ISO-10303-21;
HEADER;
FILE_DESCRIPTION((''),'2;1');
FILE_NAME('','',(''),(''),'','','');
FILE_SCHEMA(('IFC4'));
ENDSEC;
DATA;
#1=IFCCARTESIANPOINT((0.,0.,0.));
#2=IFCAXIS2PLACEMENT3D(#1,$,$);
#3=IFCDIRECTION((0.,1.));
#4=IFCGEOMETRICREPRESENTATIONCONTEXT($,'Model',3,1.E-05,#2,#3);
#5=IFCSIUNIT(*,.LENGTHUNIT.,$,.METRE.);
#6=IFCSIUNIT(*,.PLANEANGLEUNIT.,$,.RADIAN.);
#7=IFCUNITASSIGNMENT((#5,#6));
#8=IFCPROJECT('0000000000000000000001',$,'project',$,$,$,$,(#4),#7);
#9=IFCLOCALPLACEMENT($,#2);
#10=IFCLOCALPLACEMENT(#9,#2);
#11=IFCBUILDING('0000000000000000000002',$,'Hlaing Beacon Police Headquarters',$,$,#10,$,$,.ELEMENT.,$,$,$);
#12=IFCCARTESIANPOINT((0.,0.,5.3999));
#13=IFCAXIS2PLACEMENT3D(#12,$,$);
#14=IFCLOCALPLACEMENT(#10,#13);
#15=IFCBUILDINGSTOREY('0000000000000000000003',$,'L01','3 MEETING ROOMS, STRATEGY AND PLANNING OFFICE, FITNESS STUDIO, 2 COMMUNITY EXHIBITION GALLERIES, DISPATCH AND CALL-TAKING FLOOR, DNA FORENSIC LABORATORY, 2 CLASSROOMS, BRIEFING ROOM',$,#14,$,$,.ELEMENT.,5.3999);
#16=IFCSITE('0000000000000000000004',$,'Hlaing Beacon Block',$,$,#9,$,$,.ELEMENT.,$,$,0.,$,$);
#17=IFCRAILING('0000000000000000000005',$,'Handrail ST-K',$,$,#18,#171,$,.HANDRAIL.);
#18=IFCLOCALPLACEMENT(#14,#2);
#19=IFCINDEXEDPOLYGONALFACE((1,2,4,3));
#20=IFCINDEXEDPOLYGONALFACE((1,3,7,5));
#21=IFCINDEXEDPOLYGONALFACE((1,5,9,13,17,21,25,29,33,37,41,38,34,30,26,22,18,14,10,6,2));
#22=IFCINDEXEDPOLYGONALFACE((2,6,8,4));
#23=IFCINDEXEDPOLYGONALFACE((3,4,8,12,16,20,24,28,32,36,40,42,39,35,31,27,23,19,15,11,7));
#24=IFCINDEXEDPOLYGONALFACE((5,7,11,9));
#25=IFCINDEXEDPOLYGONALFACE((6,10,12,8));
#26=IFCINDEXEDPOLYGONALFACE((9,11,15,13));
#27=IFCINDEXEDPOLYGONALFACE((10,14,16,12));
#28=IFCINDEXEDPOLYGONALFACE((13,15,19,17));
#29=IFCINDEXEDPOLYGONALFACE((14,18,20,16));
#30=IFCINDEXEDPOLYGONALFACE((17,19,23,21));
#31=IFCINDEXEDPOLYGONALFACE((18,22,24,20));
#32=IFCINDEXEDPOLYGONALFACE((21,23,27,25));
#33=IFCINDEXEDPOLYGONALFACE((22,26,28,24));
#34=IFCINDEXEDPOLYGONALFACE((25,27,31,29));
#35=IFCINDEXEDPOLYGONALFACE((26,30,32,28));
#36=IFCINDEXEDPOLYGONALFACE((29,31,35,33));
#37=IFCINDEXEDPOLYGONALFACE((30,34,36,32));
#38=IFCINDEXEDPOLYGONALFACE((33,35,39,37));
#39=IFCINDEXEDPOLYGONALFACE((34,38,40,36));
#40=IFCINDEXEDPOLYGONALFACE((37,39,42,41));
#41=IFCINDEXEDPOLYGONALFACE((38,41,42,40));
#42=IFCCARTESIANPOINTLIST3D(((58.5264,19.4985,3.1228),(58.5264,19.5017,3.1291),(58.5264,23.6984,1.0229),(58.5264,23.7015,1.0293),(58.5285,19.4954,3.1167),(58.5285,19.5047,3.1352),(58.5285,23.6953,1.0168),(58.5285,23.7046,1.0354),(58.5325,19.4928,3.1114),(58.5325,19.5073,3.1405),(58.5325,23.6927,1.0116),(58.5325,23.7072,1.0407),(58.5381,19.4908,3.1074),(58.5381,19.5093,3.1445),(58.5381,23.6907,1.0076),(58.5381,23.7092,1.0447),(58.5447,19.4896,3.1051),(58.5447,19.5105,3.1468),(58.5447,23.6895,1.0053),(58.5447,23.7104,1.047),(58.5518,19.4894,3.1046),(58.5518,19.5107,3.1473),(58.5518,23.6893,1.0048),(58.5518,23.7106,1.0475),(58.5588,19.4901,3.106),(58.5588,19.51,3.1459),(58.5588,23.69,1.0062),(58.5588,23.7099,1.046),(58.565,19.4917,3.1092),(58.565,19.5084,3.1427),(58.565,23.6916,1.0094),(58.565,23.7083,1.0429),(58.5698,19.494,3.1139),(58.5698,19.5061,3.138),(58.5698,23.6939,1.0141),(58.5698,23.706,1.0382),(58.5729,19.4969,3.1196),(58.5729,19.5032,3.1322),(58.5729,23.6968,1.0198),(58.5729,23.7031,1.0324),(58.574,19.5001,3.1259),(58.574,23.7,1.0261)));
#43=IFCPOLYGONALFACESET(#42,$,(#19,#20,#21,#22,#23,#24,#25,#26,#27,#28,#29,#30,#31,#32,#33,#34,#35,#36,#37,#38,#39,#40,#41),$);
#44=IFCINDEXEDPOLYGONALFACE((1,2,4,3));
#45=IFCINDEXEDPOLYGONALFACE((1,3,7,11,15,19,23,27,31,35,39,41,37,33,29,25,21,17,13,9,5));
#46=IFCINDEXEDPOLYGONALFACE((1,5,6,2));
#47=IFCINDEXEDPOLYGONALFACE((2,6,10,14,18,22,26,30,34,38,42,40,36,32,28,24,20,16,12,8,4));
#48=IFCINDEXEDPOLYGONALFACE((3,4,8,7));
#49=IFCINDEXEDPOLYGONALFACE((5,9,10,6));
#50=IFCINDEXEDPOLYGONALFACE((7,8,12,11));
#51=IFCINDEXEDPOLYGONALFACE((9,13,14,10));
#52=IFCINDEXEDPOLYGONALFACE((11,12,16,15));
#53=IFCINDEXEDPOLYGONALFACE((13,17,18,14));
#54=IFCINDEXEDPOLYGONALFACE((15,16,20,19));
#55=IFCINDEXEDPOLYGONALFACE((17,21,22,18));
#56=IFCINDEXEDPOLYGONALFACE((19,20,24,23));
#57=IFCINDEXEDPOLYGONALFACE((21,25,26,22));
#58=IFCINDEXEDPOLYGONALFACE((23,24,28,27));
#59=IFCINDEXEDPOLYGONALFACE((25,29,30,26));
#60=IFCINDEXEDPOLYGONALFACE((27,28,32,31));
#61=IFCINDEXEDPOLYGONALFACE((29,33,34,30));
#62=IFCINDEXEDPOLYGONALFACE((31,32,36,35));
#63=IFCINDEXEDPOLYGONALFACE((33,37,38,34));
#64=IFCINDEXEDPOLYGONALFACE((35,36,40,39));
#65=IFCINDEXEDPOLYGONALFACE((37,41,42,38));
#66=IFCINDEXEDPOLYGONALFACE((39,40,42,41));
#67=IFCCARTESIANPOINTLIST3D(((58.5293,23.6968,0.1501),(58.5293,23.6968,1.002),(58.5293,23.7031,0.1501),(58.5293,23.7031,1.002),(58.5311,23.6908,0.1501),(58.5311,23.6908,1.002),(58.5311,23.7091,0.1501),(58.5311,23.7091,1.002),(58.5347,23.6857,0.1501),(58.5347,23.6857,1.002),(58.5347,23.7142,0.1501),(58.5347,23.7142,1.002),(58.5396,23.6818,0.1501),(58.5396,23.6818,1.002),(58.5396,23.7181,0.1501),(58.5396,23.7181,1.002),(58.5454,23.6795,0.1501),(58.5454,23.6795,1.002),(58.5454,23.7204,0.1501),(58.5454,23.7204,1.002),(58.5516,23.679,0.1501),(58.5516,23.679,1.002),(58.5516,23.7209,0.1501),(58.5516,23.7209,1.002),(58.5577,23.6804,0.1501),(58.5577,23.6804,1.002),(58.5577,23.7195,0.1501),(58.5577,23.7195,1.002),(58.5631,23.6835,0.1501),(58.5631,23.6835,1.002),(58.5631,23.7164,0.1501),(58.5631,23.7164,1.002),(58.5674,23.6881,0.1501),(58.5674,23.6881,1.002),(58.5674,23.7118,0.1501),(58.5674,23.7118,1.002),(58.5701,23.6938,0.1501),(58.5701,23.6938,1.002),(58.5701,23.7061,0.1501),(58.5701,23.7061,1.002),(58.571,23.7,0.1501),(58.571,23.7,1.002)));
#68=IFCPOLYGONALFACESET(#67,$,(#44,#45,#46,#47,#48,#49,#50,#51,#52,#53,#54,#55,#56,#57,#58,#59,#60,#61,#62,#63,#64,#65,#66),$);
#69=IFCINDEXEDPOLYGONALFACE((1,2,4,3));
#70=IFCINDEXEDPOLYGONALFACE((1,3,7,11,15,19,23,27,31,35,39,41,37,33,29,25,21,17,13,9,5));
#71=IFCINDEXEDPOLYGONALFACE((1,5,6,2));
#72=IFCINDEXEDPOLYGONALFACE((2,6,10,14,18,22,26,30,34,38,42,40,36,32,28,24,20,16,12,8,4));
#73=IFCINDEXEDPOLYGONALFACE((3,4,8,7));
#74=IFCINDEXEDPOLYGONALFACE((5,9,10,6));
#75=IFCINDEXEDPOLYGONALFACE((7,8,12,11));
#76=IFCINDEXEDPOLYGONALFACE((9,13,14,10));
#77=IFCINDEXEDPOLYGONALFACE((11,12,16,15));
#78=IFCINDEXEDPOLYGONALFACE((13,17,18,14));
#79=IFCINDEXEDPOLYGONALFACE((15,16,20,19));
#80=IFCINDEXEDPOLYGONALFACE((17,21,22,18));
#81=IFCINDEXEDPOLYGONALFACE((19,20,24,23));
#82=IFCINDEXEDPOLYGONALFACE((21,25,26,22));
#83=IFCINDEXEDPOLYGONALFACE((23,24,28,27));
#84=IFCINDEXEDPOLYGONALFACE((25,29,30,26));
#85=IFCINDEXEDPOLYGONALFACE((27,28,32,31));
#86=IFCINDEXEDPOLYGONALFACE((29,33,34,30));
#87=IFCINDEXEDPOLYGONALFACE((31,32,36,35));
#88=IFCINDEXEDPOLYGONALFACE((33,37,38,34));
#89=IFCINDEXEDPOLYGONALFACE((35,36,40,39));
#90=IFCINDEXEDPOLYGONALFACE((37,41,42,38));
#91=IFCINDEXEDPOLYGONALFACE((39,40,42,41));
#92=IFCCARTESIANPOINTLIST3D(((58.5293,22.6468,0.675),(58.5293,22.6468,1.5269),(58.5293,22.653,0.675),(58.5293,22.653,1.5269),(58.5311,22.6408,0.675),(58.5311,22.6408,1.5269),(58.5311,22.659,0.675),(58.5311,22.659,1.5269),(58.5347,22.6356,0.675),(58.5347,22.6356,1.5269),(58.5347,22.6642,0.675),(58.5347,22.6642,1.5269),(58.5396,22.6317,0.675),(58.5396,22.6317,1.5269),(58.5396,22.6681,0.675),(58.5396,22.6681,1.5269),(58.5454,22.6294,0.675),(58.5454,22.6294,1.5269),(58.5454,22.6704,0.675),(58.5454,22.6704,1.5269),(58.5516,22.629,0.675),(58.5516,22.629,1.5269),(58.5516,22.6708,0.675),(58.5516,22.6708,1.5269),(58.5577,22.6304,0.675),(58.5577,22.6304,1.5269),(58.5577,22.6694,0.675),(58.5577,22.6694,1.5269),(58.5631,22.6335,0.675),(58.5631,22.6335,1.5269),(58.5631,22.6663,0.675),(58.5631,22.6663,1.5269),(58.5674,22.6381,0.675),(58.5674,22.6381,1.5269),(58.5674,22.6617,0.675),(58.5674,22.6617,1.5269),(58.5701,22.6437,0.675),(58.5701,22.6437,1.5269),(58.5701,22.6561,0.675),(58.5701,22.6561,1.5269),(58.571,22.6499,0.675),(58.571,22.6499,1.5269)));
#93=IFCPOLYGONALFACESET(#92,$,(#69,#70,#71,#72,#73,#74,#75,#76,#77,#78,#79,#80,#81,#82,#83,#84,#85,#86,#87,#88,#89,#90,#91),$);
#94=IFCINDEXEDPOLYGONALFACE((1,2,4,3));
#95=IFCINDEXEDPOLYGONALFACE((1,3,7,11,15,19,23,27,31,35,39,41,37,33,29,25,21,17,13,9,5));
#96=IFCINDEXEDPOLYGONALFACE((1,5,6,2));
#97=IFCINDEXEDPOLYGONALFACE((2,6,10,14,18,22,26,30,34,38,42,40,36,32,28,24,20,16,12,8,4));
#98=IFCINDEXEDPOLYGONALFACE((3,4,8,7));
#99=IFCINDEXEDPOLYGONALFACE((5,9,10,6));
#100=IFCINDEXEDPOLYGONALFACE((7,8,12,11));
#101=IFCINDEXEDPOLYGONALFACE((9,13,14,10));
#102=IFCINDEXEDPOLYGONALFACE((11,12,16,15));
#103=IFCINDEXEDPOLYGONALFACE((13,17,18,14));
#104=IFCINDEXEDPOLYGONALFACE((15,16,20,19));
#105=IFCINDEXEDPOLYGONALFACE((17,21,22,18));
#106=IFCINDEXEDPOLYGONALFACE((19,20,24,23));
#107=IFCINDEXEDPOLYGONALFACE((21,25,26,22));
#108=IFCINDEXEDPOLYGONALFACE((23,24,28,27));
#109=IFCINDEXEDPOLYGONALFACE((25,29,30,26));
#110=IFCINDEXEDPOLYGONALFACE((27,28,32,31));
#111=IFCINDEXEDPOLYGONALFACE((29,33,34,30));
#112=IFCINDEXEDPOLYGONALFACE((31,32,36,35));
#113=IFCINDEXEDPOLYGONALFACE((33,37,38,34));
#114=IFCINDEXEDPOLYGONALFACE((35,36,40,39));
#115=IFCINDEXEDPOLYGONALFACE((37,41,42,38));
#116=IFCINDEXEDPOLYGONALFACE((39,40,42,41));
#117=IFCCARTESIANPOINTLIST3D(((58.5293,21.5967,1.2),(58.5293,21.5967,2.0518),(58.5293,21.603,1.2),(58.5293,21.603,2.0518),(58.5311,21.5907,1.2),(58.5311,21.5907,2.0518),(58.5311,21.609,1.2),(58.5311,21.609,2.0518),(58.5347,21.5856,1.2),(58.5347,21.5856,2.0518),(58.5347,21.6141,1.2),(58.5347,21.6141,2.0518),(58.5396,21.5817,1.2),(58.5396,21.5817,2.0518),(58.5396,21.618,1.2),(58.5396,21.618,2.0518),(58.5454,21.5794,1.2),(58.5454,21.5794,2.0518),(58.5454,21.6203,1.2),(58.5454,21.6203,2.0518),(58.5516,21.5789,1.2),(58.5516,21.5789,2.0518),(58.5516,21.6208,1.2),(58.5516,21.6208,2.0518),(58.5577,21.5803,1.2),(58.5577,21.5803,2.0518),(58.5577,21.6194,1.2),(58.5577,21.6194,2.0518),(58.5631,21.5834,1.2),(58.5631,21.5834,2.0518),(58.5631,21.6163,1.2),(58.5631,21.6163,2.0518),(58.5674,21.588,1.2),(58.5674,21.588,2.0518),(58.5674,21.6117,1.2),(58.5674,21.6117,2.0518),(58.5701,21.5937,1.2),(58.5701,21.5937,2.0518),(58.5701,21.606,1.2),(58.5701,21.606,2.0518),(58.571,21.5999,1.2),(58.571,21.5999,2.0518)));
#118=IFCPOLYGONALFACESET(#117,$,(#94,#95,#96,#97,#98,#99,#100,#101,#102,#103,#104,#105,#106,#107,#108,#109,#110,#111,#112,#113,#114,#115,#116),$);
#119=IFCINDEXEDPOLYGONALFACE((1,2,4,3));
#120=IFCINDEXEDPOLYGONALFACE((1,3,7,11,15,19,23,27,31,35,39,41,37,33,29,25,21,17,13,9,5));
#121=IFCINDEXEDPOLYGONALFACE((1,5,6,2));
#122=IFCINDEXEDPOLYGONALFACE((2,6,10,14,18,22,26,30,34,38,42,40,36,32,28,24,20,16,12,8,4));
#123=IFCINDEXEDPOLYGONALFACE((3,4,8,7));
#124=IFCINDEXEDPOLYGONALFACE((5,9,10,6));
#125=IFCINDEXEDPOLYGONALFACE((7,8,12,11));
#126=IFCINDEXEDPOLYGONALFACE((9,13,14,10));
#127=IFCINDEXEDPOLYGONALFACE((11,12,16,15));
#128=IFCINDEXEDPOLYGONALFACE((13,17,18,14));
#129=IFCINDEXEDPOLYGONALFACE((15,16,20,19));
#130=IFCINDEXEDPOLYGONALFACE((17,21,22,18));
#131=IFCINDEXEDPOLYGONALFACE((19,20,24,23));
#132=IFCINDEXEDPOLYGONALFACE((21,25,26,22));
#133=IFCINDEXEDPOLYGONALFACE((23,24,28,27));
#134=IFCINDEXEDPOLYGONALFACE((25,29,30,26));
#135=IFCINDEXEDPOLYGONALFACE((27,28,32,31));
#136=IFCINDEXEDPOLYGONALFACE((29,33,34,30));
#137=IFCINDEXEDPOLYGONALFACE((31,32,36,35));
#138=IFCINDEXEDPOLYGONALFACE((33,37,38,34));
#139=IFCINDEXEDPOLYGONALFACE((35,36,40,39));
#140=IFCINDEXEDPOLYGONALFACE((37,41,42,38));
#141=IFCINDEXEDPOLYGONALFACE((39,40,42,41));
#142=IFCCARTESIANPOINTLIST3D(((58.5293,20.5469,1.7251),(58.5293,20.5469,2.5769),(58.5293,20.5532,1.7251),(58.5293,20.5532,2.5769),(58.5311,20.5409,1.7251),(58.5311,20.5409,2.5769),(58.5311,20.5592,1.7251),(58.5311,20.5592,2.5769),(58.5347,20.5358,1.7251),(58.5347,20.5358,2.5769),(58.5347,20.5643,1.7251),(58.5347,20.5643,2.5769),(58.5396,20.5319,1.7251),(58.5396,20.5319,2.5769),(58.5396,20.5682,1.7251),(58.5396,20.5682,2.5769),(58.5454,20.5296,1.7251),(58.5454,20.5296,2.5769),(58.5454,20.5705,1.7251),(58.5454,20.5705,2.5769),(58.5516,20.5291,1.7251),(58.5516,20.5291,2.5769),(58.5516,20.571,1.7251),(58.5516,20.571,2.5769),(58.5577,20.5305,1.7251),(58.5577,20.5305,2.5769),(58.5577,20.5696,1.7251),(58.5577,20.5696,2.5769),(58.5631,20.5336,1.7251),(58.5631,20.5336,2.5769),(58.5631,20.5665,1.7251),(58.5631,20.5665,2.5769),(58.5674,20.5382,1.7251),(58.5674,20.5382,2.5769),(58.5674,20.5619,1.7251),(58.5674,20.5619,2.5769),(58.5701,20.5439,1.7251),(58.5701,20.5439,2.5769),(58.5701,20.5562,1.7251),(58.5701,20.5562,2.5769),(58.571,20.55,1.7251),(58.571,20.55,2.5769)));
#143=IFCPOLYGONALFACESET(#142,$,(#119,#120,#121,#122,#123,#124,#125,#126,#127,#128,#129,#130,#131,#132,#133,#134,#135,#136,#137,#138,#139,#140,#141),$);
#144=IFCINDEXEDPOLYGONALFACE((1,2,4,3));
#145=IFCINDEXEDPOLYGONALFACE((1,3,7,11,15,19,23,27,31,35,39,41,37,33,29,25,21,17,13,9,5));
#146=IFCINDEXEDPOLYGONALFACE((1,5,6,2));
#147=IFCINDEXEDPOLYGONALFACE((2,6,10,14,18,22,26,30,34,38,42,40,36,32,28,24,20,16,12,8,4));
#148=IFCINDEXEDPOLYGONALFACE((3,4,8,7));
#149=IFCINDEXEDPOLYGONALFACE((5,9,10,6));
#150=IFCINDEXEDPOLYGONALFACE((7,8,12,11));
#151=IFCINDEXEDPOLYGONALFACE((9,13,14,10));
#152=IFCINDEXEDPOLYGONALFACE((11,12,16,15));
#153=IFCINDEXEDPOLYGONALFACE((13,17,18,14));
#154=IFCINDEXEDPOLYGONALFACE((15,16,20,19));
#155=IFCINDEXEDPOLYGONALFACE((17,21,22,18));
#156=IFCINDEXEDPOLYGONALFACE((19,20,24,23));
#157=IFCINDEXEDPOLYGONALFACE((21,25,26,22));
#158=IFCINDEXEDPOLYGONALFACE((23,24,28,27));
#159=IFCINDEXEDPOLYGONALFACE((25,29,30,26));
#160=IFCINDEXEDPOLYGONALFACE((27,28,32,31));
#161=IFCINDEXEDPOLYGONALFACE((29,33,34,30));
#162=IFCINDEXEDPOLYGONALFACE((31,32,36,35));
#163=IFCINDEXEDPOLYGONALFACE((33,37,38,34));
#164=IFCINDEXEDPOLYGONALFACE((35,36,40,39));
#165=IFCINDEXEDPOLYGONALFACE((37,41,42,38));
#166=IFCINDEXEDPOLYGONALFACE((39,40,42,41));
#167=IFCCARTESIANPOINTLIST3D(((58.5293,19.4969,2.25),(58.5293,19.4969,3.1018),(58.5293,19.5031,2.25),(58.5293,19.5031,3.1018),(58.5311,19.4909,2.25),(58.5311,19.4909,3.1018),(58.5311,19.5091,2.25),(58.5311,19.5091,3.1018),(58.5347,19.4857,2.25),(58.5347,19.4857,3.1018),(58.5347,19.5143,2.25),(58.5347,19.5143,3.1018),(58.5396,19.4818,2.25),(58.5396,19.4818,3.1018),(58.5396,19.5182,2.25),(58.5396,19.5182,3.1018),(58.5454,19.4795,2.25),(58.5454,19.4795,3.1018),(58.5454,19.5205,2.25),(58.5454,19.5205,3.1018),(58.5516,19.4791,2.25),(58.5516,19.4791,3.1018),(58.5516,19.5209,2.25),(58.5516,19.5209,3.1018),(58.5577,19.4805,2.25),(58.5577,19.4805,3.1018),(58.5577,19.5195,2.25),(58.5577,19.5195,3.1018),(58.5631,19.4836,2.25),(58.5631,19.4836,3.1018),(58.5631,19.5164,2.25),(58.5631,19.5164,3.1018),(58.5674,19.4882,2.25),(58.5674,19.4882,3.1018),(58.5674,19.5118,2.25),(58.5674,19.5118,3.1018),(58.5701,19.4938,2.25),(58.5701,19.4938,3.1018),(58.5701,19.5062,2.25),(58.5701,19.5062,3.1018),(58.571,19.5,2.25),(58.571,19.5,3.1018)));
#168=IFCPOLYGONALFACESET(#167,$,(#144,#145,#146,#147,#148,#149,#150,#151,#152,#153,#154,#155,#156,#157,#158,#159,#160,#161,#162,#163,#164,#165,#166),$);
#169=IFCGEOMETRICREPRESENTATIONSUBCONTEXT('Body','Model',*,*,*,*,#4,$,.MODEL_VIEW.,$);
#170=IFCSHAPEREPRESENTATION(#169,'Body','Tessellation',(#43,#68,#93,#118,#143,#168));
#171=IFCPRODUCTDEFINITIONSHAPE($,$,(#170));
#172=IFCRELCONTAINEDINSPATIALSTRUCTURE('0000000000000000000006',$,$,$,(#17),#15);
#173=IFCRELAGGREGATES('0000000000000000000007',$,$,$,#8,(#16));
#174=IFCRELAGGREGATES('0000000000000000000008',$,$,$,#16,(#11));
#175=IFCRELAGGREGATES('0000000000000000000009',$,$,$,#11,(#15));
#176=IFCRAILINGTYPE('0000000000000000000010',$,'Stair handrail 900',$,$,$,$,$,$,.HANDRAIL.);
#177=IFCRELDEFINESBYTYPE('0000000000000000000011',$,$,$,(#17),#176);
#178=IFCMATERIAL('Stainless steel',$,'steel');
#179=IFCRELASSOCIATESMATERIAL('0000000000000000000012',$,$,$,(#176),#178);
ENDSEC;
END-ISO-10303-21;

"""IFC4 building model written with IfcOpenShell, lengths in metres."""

from ifc_helpers import new_model, si_unit, direction, frame, origin, origin_2d, place, context, subcontext, project, spatial, circle, extrude, material, type_object, element, save


model = new_model("IFC4")

# Units and contexts
model_context = context("Model", 3, precision=1e-05, world=origin(), true_north=direction((0.0, 1.0)))
body_context = subcontext(model_context, "Body", "Model", "MODEL_VIEW")
ifc_project = project(units=[si_unit("LENGTHUNIT", "METRE"), si_unit("PLANEANGLEUNIT", "RADIAN")], contexts=[model_context])

# Site, building, storey
site_placement = place(None, origin())
site = spatial("IfcSite", under=ifc_project, at=site_placement, Name="Hlaing Beacon Block", CompositionType="ELEMENT", RefElevation=0.0)
building_placement = place(site_placement, origin())
building = spatial("IfcBuilding", under=site, at=building_placement, Name="Hlaing Beacon Police Headquarters", CompositionType="ELEMENT")
storey_placement = place(building_placement, frame((0.0, 0.0, 5.3999)))
storey = spatial("IfcBuildingStorey", under=building, at=storey_placement, Name="L01", Description="3 MEETING ROOMS, STRATEGY AND PLANNING OFFICE, FITNESS STUDIO, 2 COMMUNITY EXHIBITION GALLERIES, DISPATCH AND CALL-TAKING FLOOR, DNA FORENSIC LABORATORY, 2 CLASSROOMS, BRIEFING ROOM", CompositionType="ELEMENT", Elevation=5.3999)

# Railing
ifc_material_1 = material(Name="Stainless steel", Category="steel")
railing_type_1 = type_object("IfcRailingType", Name="Stair handrail 900", PredefinedType="HANDRAIL", material=ifc_material_1)
for number, where, name in (
    (1, (58.55, 23.7, 0.1501), "Handrail ST-K"),
):
    element("IfcRailing", number, at=place(storey_placement, frame(where)), inside=storey, type_object=railing_type_1, Name=name, PredefinedType="HANDRAIL", context=body_context, shape_type="SweptSolid", body=[
        extrude(circle(Radius=0.0239, at=origin_2d()), frame((0.0, 0.0, 0.876), z_axis=(0.0, -0.894438, 0.447193), x_axis=(1.0, 0.0, 0.0)), (0.0, 0.0, 1.0), 4.6956),
        extrude(circle(Radius=0.021, at=origin_2d()), origin(), (0.0, 0.0, 1.0), 0.8518),
        extrude(circle(Radius=0.021, at=origin_2d()), frame((0.0, -1.05, 0.5249)), (0.0, 0.0, 1.0), 0.8518),
        extrude(circle(Radius=0.021, at=origin_2d()), frame((0.0, -2.1001, 1.0498)), (0.0, 0.0, 1.0), 0.8518),
        extrude(circle(Radius=0.021, at=origin_2d()), frame((0.0, -3.1499, 1.575)), (0.0, 0.0, 1.0), 0.8518),
        extrude(circle(Radius=0.021, at=origin_2d()), frame((0.0, -4.2, 2.0999)), (0.0, 0.0, 1.0), 0.8518),
    ])

save(model, "model.ifc")
